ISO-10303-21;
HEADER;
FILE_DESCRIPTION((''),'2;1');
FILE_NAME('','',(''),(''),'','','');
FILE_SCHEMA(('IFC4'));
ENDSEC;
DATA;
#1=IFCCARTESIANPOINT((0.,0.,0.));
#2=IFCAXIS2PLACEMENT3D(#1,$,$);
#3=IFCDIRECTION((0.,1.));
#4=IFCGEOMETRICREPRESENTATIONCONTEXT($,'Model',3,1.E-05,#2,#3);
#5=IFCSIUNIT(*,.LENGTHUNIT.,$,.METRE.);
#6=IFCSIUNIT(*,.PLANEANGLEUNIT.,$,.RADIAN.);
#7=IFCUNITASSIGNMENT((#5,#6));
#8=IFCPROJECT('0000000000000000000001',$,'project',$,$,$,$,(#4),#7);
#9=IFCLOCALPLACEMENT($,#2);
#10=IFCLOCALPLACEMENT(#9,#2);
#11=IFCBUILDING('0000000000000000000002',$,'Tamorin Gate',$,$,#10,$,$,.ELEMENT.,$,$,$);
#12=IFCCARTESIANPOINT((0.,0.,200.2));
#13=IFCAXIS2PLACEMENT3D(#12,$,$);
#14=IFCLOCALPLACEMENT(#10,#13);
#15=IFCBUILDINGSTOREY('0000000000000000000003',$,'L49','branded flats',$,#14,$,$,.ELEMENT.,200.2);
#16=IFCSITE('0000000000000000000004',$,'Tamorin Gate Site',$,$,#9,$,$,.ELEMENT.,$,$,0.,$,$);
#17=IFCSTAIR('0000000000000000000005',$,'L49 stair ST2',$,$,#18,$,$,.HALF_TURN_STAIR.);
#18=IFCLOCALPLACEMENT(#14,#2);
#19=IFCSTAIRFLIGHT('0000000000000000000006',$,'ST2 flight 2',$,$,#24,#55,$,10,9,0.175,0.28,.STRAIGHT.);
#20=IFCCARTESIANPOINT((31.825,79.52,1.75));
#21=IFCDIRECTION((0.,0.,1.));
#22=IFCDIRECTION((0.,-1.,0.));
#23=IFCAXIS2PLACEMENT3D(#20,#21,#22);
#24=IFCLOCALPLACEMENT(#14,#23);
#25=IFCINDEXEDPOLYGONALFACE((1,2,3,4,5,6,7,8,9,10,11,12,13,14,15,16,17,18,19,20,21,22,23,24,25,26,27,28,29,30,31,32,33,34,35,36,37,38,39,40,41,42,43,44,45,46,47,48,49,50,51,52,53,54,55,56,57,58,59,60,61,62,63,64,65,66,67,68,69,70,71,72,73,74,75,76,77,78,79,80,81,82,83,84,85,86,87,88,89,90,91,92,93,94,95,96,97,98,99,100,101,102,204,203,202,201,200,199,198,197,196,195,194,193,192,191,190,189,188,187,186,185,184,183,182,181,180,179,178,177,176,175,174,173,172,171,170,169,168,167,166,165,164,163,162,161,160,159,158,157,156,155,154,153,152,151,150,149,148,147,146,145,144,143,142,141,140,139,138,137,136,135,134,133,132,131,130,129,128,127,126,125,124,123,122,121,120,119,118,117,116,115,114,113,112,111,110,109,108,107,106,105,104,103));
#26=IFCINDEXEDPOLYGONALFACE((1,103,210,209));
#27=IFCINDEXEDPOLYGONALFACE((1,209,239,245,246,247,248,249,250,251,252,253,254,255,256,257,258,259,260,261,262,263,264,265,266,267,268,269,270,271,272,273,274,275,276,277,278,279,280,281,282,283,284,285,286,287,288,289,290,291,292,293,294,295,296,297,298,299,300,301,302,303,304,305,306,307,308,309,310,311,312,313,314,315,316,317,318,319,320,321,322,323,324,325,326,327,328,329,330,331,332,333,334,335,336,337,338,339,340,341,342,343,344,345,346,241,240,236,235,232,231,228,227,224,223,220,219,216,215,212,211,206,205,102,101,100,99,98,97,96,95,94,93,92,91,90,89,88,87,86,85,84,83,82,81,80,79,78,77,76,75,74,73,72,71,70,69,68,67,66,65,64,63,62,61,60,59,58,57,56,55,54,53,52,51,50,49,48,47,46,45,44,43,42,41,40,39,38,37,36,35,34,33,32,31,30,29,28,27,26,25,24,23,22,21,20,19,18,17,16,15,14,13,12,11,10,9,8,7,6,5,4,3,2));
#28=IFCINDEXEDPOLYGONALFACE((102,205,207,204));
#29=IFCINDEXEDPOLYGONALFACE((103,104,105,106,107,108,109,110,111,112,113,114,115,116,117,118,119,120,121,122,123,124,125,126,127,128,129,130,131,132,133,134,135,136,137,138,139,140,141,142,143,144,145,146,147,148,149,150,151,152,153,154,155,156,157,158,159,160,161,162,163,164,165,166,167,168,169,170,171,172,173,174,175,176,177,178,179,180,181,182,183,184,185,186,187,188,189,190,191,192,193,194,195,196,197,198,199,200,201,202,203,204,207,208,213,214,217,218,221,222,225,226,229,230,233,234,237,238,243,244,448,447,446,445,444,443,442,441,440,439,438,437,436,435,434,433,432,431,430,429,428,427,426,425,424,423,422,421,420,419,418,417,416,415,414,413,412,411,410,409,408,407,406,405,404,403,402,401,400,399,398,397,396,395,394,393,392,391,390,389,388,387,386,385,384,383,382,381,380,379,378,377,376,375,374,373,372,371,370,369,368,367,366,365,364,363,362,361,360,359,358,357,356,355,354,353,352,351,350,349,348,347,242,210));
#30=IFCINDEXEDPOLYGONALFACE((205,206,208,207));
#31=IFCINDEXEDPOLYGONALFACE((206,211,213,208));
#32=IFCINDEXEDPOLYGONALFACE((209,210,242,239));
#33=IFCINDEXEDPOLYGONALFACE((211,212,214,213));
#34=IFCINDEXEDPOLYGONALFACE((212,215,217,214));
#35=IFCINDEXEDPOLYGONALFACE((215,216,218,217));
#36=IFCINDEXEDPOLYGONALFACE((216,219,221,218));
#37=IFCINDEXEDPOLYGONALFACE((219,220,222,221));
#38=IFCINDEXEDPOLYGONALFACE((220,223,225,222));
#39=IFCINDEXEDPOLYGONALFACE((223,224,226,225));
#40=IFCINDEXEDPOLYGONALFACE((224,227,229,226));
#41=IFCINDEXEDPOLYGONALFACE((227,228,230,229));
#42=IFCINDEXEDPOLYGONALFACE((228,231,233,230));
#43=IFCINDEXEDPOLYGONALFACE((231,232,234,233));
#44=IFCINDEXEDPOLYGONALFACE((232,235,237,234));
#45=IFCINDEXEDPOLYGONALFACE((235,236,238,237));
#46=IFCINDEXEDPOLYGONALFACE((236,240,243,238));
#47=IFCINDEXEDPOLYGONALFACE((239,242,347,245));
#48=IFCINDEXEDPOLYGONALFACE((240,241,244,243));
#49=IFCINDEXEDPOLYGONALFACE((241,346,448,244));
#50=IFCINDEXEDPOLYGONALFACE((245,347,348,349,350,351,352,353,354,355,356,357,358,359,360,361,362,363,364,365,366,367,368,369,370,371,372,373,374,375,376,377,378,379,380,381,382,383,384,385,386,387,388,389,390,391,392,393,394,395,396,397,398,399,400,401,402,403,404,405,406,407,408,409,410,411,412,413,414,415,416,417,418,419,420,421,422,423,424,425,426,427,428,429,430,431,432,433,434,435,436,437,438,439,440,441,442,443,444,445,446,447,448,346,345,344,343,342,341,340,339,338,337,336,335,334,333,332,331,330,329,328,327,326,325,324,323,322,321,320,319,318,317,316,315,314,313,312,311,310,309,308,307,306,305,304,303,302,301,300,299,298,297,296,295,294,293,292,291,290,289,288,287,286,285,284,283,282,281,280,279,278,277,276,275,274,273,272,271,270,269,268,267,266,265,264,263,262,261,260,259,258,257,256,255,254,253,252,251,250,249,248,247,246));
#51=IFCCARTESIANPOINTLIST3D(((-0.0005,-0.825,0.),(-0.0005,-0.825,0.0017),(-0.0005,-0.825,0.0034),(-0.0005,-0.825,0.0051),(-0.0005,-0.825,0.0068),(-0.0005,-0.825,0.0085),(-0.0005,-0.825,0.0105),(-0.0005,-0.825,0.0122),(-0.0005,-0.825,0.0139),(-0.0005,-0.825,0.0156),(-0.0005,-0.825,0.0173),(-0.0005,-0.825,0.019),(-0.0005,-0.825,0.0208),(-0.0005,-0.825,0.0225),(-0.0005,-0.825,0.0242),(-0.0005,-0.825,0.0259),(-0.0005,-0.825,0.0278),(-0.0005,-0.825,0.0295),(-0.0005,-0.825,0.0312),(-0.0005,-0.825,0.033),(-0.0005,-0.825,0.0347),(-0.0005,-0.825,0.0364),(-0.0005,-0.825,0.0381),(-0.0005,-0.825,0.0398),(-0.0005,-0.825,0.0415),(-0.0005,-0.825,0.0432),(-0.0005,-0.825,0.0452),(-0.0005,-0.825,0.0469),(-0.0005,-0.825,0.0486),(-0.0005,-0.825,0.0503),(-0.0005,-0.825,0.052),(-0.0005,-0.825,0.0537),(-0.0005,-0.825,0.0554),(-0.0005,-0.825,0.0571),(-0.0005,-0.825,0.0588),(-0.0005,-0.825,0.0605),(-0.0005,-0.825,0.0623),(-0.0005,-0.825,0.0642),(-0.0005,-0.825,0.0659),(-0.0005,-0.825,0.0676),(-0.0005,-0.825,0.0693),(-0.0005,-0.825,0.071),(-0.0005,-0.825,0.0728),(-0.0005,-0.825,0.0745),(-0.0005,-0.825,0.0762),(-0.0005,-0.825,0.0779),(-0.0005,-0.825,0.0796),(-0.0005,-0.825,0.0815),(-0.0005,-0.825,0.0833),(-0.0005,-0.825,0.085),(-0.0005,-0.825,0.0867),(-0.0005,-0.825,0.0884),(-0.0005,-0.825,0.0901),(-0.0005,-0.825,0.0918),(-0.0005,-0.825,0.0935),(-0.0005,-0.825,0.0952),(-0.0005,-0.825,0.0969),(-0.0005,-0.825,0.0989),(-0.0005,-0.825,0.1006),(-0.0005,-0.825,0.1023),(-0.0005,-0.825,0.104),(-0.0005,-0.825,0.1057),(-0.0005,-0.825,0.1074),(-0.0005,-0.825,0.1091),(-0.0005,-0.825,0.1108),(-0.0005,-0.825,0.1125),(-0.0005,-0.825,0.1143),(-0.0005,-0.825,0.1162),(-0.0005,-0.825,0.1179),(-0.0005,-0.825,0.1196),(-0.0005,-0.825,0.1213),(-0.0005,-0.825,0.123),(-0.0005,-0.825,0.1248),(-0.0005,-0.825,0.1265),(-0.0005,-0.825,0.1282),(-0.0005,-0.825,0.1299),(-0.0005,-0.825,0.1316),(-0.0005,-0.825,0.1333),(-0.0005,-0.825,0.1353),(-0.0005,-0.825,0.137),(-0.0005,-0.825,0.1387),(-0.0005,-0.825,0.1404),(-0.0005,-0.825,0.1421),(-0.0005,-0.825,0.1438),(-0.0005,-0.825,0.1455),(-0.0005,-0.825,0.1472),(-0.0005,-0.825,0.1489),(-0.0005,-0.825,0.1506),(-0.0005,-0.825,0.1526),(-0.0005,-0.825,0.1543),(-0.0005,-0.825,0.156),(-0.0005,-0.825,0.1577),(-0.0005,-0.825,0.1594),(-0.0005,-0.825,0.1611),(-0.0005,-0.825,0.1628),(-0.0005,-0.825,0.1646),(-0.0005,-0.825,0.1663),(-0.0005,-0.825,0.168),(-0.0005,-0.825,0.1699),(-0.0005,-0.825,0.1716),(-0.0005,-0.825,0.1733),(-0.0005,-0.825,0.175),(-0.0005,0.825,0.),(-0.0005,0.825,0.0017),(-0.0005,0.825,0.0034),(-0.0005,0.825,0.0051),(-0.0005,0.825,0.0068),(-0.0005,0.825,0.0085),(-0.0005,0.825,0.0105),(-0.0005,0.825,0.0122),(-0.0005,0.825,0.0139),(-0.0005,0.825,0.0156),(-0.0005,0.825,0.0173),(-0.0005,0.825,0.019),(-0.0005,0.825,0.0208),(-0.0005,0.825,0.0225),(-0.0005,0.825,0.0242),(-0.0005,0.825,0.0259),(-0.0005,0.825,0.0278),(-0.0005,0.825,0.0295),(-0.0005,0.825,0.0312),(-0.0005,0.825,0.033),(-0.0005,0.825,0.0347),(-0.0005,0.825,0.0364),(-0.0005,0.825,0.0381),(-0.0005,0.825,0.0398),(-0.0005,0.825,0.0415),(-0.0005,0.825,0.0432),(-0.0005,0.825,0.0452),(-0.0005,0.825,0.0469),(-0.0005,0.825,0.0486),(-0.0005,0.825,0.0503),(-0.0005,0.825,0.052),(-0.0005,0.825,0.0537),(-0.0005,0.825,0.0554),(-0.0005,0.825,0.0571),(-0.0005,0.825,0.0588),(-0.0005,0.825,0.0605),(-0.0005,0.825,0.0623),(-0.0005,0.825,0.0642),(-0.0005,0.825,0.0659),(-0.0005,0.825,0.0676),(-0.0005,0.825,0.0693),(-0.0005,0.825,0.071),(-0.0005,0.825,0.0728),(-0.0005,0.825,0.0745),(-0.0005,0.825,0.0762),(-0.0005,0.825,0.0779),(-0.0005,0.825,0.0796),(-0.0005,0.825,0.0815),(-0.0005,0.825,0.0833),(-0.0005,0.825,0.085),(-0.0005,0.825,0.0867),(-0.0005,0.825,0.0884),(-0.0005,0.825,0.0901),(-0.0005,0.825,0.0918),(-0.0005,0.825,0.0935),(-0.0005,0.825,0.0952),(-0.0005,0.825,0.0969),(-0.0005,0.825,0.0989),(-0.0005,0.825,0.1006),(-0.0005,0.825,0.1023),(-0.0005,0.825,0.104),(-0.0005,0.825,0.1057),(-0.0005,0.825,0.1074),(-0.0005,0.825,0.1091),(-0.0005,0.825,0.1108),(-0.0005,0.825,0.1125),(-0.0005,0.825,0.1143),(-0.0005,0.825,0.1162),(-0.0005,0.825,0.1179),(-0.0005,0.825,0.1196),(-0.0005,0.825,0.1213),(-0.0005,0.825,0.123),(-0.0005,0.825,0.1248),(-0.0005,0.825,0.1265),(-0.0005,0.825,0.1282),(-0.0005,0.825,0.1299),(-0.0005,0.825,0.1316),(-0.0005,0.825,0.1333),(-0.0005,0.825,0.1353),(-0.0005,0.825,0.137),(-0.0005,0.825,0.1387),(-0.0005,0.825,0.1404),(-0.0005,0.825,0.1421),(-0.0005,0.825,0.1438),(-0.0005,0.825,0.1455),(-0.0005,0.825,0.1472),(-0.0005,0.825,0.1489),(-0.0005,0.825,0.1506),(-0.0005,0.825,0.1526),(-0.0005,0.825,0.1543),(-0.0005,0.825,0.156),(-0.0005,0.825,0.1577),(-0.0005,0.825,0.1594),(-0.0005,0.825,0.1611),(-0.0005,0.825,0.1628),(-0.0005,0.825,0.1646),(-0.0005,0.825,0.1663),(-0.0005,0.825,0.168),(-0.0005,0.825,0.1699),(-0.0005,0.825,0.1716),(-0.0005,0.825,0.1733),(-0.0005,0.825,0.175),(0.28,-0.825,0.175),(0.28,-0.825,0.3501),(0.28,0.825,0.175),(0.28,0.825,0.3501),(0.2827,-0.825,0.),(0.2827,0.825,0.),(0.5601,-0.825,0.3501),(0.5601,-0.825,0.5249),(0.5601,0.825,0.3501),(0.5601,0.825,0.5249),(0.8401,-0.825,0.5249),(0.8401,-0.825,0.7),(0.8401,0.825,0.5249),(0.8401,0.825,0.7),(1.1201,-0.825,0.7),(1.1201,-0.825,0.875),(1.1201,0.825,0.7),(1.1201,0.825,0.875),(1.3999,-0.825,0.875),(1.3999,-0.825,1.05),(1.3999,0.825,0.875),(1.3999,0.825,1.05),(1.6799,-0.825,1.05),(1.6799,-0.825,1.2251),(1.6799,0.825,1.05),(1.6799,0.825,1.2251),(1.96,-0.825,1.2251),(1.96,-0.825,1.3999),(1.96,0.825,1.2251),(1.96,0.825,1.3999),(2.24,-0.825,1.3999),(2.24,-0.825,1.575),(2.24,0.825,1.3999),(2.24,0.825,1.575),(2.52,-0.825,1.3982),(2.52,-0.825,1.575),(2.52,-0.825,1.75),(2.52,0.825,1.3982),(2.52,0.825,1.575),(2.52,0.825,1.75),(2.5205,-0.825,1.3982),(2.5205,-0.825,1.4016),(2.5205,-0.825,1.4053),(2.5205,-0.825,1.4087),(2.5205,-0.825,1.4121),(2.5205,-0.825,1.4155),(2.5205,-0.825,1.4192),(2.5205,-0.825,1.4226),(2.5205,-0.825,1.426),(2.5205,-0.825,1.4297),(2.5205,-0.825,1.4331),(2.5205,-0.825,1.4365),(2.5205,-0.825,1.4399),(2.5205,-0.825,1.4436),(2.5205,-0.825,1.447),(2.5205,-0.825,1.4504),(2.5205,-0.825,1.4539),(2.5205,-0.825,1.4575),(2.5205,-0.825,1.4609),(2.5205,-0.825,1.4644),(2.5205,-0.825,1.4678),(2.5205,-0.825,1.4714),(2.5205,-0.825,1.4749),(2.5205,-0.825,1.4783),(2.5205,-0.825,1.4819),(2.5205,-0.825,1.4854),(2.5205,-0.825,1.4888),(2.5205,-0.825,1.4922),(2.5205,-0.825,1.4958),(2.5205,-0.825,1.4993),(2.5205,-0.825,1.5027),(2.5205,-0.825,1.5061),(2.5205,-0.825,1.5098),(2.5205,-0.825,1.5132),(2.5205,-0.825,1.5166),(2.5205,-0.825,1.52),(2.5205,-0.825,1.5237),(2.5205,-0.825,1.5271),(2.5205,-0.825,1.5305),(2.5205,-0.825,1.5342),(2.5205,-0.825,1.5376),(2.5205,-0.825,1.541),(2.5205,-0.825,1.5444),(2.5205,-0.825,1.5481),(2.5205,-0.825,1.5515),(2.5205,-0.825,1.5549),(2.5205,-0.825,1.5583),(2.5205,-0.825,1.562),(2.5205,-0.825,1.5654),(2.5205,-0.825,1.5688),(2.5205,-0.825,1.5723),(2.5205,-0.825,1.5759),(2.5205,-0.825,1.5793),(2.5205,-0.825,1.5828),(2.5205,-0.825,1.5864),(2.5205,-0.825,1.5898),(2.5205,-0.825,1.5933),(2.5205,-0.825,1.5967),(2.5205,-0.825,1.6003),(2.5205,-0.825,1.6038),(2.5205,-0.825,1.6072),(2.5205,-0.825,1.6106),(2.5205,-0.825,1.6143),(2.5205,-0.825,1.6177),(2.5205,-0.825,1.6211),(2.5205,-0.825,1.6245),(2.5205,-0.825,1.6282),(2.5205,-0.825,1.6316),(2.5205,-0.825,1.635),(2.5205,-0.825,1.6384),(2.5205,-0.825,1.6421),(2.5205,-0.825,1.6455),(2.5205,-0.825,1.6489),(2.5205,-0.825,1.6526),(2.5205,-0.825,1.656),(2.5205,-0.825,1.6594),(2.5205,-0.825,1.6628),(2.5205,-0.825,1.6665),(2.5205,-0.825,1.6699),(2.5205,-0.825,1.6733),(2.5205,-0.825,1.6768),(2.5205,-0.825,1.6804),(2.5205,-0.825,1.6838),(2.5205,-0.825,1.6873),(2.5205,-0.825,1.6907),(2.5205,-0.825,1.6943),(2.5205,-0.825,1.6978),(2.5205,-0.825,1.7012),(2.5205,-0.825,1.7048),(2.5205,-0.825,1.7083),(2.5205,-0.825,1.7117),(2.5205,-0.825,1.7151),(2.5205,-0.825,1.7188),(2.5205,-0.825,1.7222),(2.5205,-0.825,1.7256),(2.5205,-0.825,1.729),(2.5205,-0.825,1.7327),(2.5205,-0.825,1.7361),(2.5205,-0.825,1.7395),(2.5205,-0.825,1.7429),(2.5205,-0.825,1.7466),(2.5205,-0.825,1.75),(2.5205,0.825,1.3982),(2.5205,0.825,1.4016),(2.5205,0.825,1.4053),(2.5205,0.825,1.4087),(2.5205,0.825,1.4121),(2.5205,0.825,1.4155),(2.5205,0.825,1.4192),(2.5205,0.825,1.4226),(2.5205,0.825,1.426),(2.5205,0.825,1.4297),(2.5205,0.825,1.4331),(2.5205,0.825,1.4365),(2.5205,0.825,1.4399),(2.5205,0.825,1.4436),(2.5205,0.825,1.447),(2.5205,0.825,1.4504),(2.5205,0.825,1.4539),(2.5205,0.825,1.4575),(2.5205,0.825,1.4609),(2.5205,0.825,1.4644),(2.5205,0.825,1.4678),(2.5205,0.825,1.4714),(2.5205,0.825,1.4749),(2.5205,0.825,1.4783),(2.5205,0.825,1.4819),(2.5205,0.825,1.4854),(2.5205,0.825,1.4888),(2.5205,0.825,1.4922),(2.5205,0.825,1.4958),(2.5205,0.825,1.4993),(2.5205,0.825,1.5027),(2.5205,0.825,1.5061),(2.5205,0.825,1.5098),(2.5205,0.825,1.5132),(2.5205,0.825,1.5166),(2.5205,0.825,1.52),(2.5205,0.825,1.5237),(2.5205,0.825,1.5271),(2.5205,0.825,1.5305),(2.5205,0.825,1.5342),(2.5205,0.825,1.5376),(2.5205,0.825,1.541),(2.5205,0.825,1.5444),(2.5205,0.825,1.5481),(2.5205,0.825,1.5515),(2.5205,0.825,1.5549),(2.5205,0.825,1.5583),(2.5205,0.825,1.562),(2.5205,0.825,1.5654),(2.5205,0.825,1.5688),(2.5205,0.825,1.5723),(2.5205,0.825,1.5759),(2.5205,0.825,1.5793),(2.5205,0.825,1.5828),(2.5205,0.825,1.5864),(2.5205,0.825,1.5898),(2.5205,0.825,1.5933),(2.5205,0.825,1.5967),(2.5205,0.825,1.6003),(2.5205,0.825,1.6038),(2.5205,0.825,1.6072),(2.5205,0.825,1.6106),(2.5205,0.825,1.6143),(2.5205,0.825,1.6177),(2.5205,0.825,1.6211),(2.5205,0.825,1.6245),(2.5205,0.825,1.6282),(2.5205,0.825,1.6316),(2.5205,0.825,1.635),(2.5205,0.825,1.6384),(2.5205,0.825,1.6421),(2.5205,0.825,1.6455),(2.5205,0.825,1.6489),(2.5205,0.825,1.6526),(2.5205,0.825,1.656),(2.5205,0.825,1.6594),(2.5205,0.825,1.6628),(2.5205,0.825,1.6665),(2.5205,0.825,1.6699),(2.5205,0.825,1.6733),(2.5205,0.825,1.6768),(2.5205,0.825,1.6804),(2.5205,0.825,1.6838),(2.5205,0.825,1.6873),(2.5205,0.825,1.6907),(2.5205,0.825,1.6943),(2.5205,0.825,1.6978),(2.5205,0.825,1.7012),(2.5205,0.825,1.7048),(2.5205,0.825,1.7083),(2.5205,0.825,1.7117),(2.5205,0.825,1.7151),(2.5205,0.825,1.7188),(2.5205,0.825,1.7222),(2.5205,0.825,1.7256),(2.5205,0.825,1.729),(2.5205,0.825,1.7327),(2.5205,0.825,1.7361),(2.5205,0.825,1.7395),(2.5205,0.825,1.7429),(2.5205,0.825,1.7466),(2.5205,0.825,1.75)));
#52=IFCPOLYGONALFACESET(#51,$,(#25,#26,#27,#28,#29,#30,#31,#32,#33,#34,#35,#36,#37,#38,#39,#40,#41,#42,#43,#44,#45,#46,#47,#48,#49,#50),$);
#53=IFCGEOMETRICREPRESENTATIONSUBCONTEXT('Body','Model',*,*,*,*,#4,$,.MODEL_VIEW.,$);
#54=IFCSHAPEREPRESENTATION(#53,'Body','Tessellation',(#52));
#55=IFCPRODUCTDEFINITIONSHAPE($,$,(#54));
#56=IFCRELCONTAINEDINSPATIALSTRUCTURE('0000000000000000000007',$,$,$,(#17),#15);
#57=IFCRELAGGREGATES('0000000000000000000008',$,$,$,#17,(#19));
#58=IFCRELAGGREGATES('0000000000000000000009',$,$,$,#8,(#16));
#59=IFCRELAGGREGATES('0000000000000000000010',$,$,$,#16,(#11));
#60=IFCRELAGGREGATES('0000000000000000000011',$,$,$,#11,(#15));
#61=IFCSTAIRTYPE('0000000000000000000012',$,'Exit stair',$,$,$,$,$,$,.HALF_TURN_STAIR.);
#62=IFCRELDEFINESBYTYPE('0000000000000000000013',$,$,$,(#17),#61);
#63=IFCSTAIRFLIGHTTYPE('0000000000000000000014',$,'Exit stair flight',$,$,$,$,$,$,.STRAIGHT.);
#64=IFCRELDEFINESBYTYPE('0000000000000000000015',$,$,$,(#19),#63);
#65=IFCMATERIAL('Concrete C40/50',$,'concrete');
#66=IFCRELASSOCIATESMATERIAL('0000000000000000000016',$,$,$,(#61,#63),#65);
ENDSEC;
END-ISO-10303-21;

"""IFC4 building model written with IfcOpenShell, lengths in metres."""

from ifc_helpers import new_model, si_unit, direction, frame, origin, place, context, subcontext, project, spatial, polyline, outline, extrude, material, type_object, element, aggregate, save


model = new_model("IFC4")

# Units and contexts
model_context = context("Model", 3, precision=1e-05, world=origin(), true_north=direction((0.0, 1.0)))
body_context = subcontext(model_context, "Body", "Model", "MODEL_VIEW")
ifc_project = project(units=[si_unit("LENGTHUNIT", "METRE"), si_unit("PLANEANGLEUNIT", "RADIAN")], contexts=[model_context])

# Site, building, storey
site_placement = place(None, origin())
site = spatial("IfcSite", under=ifc_project, at=site_placement, Name="Tamorin Gate Site", CompositionType="ELEMENT", RefElevation=0.0)
building_placement = place(site_placement, origin())
building = spatial("IfcBuilding", under=site, at=building_placement, Name="Tamorin Gate", CompositionType="ELEMENT")
storey_placement = place(building_placement, frame((0.0, 0.0, 200.2)))
storey = spatial("IfcBuildingStorey", under=building, at=storey_placement, Name="L49", Description="branded flats", CompositionType="ELEMENT", Elevation=200.2)

# Stair, stair flight
ifc_material_1 = material(Name="Concrete C40/50", Category="concrete")
stair_type = type_object("IfcStairType", Name="Exit stair", PredefinedType="HALF_TURN_STAIR", material=ifc_material_1)
stair_placement = place(storey_placement, origin())
stair = element("IfcStair", 1, at=stair_placement, inside=storey, type_object=stair_type, Name="L49 stair ST2", PredefinedType="HALF_TURN_STAIR")
stair_flight_type = type_object("IfcStairFlightType", Name="Exit stair flight", PredefinedType="STRAIGHT", material=ifc_material_1)
stair_flight_placement = place(storey_placement, frame((31.825, 79.52, 1.75), z_axis=(0.0, 0.0, 1.0), x_axis=(0.0, -1.0, 0.0)))
stair_flight = element("IfcStairFlight", 2, at=stair_flight_placement, type_object=stair_flight_type, Name="ST2 flight 2", NumberOfRisers=10, NumberOfTreads=9, PredefinedType="STRAIGHT", RiserHeight=0.175, TreadLength=0.28, context=body_context, shape_type="SweptSolid", body=[
    extrude(outline(polyline([(-0.0005, 0.0), (-0.0005, 0.0017), (-0.0005, 0.0034), (-0.0005, 0.0051), (-0.0005, 0.0068), (-0.0005, 0.0085), (-0.0005, 0.0105), (-0.0005, 0.0122), (-0.0005, 0.0139), (-0.0005, 0.0156), (-0.0005, 0.0173), (-0.0005, 0.019), (-0.0005, 0.0208), (-0.0005, 0.0225), (-0.0005, 0.0242), (-0.0005, 0.0259), (-0.0005, 0.0278), (-0.0005, 0.0295), (-0.0005, 0.0312), (-0.0005, 0.033), (-0.0005, 0.0347), (-0.0005, 0.0364), (-0.0005, 0.0381), (-0.0005, 0.0398), (-0.0005, 0.0415), (-0.0005, 0.0432), (-0.0005, 0.0452), (-0.0005, 0.0469), (-0.0005, 0.0486), (-0.0005, 0.0503), (-0.0005, 0.052), (-0.0005, 0.0537), (-0.0005, 0.0554), (-0.0005, 0.0571), (-0.0005, 0.0588), (-0.0005, 0.0605), (-0.0005, 0.0623), (-0.0005, 0.0642), (-0.0005, 0.0659), (-0.0005, 0.0676), (-0.0005, 0.0693), (-0.0005, 0.071), (-0.0005, 0.0728), (-0.0005, 0.0745), (-0.0005, 0.0762), (-0.0005, 0.0779), (-0.0005, 0.0796), (-0.0005, 0.0815), (-0.0005, 0.0833), (-0.0005, 0.085), (-0.0005, 0.0867), (-0.0005, 0.0884), (-0.0005, 0.0901), (-0.0005, 0.0918), (-0.0005, 0.0935), (-0.0005, 0.0952), (-0.0005, 0.0969), (-0.0005, 0.0989), (-0.0005, 0.1006), (-0.0005, 0.1023), (-0.0005, 0.104), (-0.0005, 0.1057), (-0.0005, 0.1074), (-0.0005, 0.1091), (-0.0005, 0.1108), (-0.0005, 0.1125), (-0.0005, 0.1143), (-0.0005, 0.1162), (-0.0005, 0.1179), (-0.0005, 0.1196), (-0.0005, 0.1213), (-0.0005, 0.123), (-0.0005, 0.1248), (-0.0005, 0.1265), (-0.0005, 0.1282), (-0.0005, 0.1299), (-0.0005, 0.1316), (-0.0005, 0.1333), (-0.0005, 0.1353), (-0.0005, 0.137), (-0.0005, 0.1387), (-0.0005, 0.1404), (-0.0005, 0.1421), (-0.0005, 0.1438), (-0.0005, 0.1455), (-0.0005, 0.1472), (-0.0005, 0.1489), (-0.0005, 0.1506), (-0.0005, 0.1526), (-0.0005, 0.1543), (-0.0005, 0.156), (-0.0005, 0.1577), (-0.0005, 0.1594), (-0.0005, 0.1611), (-0.0005, 0.1628), (-0.0005, 0.1646), (-0.0005, 0.1663), (-0.0005, 0.168), (-0.0005, 0.1699), (-0.0005, 0.1716), (-0.0005, 0.1733), (-0.0005, 0.175), (0.28, 0.175), (0.28, 0.3501), (0.5601, 0.3501), (0.5601, 0.5249), (0.8401, 0.5249), (0.8401, 0.7), (1.1201, 0.7), (1.1201, 0.875), (1.3999, 0.875), (1.3999, 1.05), (1.6799, 1.05), (1.6799, 1.2251), (1.96, 1.2251), (1.96, 1.3999), (2.24, 1.3999), (2.24, 1.575), (2.52, 1.575), (2.52, 1.75), (2.5205, 1.75), (2.5205, 1.7466), (2.5205, 1.7429), (2.5205, 1.7395), (2.5205, 1.7361), (2.5205, 1.7327), (2.5205, 1.729), (2.5205, 1.7256), (2.5205, 1.7222), (2.5205, 1.7188), (2.5205, 1.7151), (2.5205, 1.7117), (2.5205, 1.7083), (2.5205, 1.7048), (2.5205, 1.7012), (2.5205, 1.6978), (2.5205, 1.6943), (2.5205, 1.6907), (2.5205, 1.6873), (2.5205, 1.6838), (2.5205, 1.6804), (2.5205, 1.6768), (2.5205, 1.6733), (2.5205, 1.6699), (2.5205, 1.6665), (2.5205, 1.6628), (2.5205, 1.6594), (2.5205, 1.656), (2.5205, 1.6526), (2.5205, 1.6489), (2.5205, 1.6455), (2.5205, 1.6421), (2.5205, 1.6384), (2.5205, 1.635), (2.5205, 1.6316), (2.5205, 1.6282), (2.5205, 1.6245), (2.5205, 1.6211), (2.5205, 1.6177), (2.5205, 1.6143), (2.5205, 1.6106), (2.5205, 1.6072), (2.5205, 1.6038), (2.5205, 1.6003), (2.5205, 1.5967), (2.5205, 1.5933), (2.5205, 1.5898), (2.5205, 1.5864), (2.5205, 1.5828), (2.5205, 1.5793), (2.5205, 1.5759), (2.5205, 1.5723), (2.5205, 1.5688), (2.5205, 1.5654), (2.5205, 1.562), (2.5205, 1.5583), (2.5205, 1.5549), (2.5205, 1.5515), (2.5205, 1.5481), (2.5205, 1.5444), (2.5205, 1.541), (2.5205, 1.5376), (2.5205, 1.5342), (2.5205, 1.5305), (2.5205, 1.5271), (2.5205, 1.5237), (2.5205, 1.52), (2.5205, 1.5166), (2.5205, 1.5132), (2.5205, 1.5098), (2.5205, 1.5061), (2.5205, 1.5027), (2.5205, 1.4993), (2.5205, 1.4958), (2.5205, 1.4922), (2.5205, 1.4888), (2.5205, 1.4854), (2.5205, 1.4819), (2.5205, 1.4783), (2.5205, 1.4749), (2.5205, 1.4714), (2.5205, 1.4678), (2.5205, 1.4644), (2.5205, 1.4609), (2.5205, 1.4575), (2.5205, 1.4539), (2.5205, 1.4504), (2.5205, 1.447), (2.5205, 1.4436), (2.5205, 1.4399), (2.5205, 1.4365), (2.5205, 1.4331), (2.5205, 1.4297), (2.5205, 1.426), (2.5205, 1.4226), (2.5205, 1.4192), (2.5205, 1.4155), (2.5205, 1.4121), (2.5205, 1.4087), (2.5205, 1.4053), (2.5205, 1.4016), (2.5205, 1.3982), (2.52, 1.3982), (0.2827, 0.0), (-0.0005, 0.0)])), frame((0.0, 0.825, 0.0), z_axis=(0.0, -1.0, 0.0), x_axis=(1.0, 0.0, 0.0)), (0.0, 0.0, 1.0), 1.6499),
])
aggregate(stair, [stair_flight])

save(model, "model.ifc")
